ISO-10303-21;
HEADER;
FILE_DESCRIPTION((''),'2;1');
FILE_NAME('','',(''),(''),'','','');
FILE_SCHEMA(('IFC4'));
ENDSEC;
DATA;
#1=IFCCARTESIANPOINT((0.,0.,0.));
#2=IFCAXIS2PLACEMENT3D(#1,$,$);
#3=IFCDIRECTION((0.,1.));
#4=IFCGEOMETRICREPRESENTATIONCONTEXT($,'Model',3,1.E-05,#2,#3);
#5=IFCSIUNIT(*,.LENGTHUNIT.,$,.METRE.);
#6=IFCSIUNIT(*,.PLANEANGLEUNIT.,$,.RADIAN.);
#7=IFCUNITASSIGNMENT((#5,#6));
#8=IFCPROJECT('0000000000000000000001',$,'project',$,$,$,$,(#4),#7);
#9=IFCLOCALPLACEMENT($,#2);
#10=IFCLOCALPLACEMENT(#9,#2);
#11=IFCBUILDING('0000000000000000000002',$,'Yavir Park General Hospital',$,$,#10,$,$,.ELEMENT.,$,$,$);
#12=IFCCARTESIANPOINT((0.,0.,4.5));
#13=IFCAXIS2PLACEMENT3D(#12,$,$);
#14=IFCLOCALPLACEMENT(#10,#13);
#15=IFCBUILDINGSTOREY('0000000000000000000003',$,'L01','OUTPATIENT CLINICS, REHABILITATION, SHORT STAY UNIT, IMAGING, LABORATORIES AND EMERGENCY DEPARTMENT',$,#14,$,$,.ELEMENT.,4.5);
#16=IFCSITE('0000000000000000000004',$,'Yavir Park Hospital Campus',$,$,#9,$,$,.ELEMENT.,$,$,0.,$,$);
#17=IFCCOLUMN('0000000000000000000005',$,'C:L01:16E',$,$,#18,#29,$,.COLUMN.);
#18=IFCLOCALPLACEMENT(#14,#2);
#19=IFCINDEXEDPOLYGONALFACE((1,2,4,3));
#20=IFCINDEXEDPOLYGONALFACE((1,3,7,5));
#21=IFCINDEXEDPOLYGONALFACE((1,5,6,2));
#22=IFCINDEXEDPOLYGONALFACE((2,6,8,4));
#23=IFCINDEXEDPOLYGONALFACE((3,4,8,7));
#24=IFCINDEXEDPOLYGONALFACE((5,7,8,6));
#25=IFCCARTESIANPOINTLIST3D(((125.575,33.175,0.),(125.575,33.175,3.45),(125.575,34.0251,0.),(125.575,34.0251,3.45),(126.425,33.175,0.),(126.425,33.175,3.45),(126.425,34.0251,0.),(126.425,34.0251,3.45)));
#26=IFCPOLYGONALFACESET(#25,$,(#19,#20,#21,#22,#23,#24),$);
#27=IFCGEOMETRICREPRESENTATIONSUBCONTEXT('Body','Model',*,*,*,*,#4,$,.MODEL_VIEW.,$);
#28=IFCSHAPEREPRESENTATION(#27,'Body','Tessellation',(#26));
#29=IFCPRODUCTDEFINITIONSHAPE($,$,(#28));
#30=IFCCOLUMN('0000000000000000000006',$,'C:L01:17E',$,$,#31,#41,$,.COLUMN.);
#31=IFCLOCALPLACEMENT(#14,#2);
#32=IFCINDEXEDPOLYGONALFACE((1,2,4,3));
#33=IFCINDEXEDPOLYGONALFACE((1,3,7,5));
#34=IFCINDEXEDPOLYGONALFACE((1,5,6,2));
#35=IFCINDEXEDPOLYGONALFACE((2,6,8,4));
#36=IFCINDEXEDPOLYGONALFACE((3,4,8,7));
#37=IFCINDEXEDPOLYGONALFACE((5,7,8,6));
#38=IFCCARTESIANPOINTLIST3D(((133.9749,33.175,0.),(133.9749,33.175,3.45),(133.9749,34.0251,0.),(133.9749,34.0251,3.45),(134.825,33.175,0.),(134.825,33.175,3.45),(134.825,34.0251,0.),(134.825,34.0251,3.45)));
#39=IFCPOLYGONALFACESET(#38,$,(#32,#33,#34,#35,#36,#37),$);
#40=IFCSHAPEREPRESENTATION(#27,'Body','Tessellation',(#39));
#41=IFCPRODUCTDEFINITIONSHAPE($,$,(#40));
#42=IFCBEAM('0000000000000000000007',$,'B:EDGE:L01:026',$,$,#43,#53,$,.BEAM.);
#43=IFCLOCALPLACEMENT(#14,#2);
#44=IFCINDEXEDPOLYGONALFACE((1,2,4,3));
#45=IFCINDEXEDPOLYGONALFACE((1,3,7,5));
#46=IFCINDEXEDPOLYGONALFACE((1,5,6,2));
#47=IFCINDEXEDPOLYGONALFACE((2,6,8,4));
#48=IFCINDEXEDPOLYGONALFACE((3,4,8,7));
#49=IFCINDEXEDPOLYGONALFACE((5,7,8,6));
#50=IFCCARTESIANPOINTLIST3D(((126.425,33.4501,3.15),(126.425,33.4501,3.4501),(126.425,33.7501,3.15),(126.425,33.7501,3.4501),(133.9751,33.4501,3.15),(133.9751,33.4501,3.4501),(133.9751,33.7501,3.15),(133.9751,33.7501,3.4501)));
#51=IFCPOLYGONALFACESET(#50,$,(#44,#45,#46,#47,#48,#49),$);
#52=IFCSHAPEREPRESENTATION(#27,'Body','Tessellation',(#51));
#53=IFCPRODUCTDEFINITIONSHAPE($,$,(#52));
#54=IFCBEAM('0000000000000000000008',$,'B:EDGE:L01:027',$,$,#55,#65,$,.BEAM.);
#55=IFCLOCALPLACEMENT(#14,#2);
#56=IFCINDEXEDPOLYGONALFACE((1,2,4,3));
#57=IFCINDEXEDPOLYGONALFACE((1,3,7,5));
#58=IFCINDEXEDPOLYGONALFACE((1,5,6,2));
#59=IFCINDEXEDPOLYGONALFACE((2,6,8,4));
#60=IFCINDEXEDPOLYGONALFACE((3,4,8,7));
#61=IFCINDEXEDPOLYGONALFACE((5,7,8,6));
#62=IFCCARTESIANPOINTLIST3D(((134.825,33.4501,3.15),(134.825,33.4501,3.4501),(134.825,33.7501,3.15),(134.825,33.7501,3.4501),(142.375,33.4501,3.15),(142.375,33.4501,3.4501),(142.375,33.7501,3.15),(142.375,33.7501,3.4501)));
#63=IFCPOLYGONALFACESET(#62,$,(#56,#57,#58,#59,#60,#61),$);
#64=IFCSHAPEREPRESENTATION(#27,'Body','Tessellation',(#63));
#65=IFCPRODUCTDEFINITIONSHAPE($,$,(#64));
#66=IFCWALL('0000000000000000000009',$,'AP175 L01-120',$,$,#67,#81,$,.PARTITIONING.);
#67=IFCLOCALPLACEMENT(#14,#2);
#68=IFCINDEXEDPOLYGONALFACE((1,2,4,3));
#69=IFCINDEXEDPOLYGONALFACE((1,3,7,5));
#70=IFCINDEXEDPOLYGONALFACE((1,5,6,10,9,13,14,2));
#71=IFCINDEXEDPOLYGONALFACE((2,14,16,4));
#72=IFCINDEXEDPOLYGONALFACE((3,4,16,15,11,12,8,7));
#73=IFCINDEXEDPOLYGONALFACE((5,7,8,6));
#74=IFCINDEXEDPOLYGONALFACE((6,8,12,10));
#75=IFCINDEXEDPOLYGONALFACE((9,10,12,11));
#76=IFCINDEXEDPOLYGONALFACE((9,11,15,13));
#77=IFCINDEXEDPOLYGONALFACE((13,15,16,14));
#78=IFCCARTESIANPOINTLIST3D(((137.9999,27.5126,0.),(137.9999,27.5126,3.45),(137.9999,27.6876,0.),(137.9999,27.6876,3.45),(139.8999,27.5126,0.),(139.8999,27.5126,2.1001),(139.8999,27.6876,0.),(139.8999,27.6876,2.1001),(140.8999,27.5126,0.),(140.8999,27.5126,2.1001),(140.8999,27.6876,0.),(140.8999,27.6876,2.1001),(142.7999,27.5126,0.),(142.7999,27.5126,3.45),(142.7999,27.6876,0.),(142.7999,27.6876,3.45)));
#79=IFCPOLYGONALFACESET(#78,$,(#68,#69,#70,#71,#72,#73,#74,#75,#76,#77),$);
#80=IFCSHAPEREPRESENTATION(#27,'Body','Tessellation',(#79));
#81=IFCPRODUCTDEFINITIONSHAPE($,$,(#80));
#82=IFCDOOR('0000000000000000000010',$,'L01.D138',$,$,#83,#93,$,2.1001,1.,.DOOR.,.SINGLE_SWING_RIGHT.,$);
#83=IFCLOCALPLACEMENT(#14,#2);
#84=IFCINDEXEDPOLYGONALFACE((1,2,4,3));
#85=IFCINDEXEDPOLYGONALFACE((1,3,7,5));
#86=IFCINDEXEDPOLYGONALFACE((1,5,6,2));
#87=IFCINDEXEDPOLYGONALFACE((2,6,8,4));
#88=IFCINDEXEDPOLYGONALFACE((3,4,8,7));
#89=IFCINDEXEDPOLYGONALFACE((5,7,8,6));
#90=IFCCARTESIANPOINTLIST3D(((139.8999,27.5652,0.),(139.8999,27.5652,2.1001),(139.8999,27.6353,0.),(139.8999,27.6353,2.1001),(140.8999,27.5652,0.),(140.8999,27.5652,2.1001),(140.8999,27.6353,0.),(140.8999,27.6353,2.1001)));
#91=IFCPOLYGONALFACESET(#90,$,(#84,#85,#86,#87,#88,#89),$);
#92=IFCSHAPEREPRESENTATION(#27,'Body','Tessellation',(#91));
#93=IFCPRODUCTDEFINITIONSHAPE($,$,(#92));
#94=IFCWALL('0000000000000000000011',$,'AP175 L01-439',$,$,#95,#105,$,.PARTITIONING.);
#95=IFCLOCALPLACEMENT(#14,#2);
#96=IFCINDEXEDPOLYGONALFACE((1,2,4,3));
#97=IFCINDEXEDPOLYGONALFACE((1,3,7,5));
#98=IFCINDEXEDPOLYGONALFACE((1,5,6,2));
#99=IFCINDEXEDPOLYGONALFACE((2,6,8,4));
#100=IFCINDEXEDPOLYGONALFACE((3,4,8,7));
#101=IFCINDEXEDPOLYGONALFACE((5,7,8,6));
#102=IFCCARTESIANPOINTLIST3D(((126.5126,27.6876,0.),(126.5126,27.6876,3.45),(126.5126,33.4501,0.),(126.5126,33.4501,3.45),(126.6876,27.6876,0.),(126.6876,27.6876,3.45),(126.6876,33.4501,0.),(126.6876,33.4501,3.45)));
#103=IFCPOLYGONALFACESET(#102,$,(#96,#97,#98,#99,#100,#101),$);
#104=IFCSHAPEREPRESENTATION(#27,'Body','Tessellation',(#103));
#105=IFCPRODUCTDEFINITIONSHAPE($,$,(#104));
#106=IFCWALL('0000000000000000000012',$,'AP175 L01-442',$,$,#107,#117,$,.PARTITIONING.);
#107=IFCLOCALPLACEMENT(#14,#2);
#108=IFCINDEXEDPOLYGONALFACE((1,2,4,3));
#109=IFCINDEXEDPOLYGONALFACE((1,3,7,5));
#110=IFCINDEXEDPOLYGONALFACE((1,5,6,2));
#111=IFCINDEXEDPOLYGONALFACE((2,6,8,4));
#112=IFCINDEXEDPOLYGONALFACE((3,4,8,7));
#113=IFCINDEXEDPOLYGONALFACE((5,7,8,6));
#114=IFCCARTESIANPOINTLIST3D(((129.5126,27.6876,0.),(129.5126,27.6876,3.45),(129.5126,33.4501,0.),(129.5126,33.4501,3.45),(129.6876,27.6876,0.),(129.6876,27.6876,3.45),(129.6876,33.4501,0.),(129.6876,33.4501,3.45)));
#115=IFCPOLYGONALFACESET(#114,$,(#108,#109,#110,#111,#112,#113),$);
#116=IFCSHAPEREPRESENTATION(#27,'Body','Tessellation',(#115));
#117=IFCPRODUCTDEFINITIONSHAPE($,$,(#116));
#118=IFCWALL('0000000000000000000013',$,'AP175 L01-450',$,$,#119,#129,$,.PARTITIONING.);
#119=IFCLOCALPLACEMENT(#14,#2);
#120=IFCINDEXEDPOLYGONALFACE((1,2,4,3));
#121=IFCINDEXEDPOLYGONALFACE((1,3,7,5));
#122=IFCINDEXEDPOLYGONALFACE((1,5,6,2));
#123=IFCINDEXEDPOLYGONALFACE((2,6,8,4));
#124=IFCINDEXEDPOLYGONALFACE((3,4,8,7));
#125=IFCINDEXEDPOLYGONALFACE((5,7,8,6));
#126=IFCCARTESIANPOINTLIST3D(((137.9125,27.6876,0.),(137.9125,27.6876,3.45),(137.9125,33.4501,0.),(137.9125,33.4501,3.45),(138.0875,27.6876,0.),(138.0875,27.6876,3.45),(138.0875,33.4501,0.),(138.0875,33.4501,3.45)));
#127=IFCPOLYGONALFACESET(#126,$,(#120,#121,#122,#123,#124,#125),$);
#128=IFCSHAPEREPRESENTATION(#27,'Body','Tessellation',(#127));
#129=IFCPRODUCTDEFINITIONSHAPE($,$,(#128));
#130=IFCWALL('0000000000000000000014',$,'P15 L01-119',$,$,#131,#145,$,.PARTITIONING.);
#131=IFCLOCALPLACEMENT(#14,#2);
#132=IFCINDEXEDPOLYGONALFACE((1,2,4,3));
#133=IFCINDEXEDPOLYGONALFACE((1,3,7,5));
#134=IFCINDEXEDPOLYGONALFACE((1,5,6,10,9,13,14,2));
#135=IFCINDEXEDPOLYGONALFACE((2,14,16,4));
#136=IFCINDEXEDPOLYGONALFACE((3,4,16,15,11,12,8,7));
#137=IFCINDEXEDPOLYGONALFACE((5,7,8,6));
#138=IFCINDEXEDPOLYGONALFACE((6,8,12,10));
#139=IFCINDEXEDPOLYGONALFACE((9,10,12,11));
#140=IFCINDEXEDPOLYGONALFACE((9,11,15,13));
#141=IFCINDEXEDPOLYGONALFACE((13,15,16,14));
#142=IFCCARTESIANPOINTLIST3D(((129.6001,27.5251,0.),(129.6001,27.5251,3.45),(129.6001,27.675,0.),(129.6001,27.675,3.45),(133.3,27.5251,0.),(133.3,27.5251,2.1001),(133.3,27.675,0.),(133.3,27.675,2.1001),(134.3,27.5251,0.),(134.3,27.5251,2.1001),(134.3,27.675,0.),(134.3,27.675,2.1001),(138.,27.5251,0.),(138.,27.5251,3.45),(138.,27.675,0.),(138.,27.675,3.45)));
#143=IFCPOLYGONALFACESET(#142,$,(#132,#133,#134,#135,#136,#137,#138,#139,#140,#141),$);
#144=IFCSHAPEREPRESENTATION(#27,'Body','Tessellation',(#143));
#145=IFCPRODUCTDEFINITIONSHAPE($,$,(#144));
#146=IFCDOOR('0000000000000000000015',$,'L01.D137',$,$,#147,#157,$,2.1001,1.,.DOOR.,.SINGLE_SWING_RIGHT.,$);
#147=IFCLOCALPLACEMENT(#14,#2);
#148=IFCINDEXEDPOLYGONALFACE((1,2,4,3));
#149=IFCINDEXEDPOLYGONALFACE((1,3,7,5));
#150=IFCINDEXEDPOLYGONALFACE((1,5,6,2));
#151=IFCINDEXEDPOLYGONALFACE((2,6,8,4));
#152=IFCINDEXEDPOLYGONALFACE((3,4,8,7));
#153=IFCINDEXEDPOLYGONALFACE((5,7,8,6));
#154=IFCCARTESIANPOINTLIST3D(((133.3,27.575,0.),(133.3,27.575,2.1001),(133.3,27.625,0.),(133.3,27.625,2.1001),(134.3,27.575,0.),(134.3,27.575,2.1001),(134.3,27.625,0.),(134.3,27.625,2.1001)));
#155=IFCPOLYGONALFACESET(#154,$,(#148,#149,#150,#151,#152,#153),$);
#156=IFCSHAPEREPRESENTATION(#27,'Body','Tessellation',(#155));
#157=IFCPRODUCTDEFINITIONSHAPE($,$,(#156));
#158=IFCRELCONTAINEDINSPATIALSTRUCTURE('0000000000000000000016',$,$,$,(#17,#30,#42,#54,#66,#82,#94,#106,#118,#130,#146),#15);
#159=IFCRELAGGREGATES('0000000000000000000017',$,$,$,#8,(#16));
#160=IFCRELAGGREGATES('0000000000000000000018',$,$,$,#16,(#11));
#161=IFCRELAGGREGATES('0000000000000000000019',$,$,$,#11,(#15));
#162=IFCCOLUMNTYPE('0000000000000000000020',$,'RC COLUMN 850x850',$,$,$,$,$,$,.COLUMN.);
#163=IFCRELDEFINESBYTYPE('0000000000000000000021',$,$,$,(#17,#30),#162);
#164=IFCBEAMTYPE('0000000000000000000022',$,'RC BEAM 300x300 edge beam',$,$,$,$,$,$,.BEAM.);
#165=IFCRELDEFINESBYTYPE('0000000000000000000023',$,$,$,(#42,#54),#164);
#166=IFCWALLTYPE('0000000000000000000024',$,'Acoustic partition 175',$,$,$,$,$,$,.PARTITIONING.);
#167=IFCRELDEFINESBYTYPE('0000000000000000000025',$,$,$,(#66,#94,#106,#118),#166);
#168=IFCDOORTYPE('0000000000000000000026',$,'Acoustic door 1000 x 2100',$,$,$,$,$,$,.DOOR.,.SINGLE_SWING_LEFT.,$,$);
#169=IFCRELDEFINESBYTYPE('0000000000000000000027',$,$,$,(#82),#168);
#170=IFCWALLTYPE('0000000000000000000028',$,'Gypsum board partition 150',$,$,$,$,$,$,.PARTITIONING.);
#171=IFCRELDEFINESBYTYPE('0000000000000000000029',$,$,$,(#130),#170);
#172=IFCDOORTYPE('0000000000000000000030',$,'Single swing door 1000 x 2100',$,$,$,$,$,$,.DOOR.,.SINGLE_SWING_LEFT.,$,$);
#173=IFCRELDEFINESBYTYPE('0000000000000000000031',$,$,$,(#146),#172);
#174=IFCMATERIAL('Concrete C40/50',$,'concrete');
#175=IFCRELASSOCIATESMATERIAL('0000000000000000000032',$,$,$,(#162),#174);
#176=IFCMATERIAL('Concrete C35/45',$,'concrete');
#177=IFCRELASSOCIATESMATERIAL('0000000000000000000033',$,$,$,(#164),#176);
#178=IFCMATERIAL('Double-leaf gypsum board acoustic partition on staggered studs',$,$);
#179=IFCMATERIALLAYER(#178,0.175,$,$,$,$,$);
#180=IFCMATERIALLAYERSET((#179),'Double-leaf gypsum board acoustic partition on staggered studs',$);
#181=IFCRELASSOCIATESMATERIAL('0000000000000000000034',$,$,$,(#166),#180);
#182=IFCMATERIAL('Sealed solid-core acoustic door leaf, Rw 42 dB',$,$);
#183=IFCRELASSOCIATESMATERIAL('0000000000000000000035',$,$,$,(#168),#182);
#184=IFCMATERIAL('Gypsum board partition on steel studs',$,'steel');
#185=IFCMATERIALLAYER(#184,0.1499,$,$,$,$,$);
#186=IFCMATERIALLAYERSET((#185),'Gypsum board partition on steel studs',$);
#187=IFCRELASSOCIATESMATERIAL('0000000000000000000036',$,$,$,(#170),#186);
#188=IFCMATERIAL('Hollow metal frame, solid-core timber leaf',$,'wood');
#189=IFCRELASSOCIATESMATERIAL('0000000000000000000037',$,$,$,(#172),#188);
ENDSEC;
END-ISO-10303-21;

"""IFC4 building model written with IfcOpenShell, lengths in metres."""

from ifc_helpers import new_model, si_unit, direction, frame, frame_2d, origin, origin_2d, place, context, subcontext, project, spatial, rectangle, extrude, material, layer, layer_set, material_profile, profile_set, type_object, element, fill, save


model = new_model("IFC4")

# Units and contexts
model_context = context("Model", 3, precision=1e-05, world=origin(), true_north=direction((0.0, 1.0)))
body_context = subcontext(model_context, "Body", "Model", "MODEL_VIEW")
ifc_project = project(units=[si_unit("LENGTHUNIT", "METRE"), si_unit("PLANEANGLEUNIT", "RADIAN")], contexts=[model_context])

# Site, building, storey
site_placement = place(None, origin())
site = spatial("IfcSite", under=ifc_project, at=site_placement, Name="Yavir Park Hospital Campus", CompositionType="ELEMENT", RefElevation=0.0)
building_placement = place(site_placement, origin())
building = spatial("IfcBuilding", under=site, at=building_placement, Name="Yavir Park General Hospital", CompositionType="ELEMENT")
storey_placement = place(building_placement, frame((0.0, 0.0, 4.5)))
storey = spatial("IfcBuildingStorey", under=building, at=storey_placement, Name="L01", Description="OUTPATIENT CLINICS, REHABILITATION, SHORT STAY UNIT, IMAGING, LABORATORIES AND EMERGENCY DEPARTMENT", CompositionType="ELEMENT", Elevation=4.5)

# Columns
ifc_material_1 = material(Name="Concrete C40/50", Category="concrete")
ifc_material_profile_1 = material_profile(ifc_material_1, rectangle(XDim=0.8501, YDim=0.8501, at=origin_2d()), Name="RC850x850")
ifc_profile_set_1 = profile_set([ifc_material_profile_1], Name="Concrete C40/50")
column_type = type_object("IfcColumnType", Name="RC COLUMN 850x850", PredefinedType="COLUMN", material=ifc_profile_set_1)
for number, where, z_axis, x_axis, name in (
    (1, (126.0, 33.6001, 0.0), (0.0, 0.0, 1.0), (1.0, 0.0, 0.0), "C:L01:16E"),
    (2, (134.3999, 33.6001, 0.0), (0.0, 0.0, 1.0), (1.0, 0.0, 0.0), "C:L01:17E"),
):
    element("IfcColumn", number, at=place(storey_placement, frame(where, z_axis=z_axis, x_axis=x_axis)), inside=storey, type_object=column_type, Name=name, PredefinedType="COLUMN", context=body_context, shape_type="SweptSolid", body=[
        extrude(rectangle(XDim=0.8501, YDim=0.8501, at=origin_2d()), origin(), (0.0, 0.0, 1.0), 3.45),
    ])

# Beams
ifc_material_2 = material(Name="Concrete C35/45", Category="concrete")
ifc_material_profile_2 = material_profile(ifc_material_2, rectangle(XDim=0.3, YDim=0.3, at=origin_2d()), Name="RC300x300")
ifc_profile_set_2 = profile_set([ifc_material_profile_2], Name="Concrete C35/45")
beam_type = type_object("IfcBeamType", Name="RC BEAM 300x300 edge beam", PredefinedType="BEAM", material=ifc_profile_set_2)
for number, where, z_axis, x_axis, name in (
    (3, (126.425, 33.6001, 3.3), (1.0, 0.0, 0.0), (0.0, 1.0, 0.0), "B:EDGE:L01:026"),
    (4, (134.825, 33.6001, 3.3), (1.0, 0.0, 0.0), (0.0, 1.0, 0.0), "B:EDGE:L01:027"),
):
    element("IfcBeam", number, at=place(storey_placement, frame(where, z_axis=z_axis, x_axis=x_axis)), inside=storey, type_object=beam_type, Name=name, PredefinedType="BEAM", context=body_context, shape_type="SweptSolid", body=[
        extrude(rectangle(XDim=0.3, YDim=0.3, at=origin_2d()), origin(), (0.0, 0.0, 1.0), 7.55),
    ])

# Wall, opening, door
ifc_material_3 = material(Name="Double-leaf gypsum board acoustic partition on staggered studs")
ifc_layer_1 = layer(ifc_material_3, 0.175)
ifc_layer_set_1 = layer_set([ifc_layer_1], Name="Double-leaf gypsum board acoustic partition on staggered studs")
wall_type_1 = type_object("IfcWallType", Name="Acoustic partition 175", PredefinedType="PARTITIONING", material=ifc_layer_set_1)
wall_1_placement = place(storey_placement, frame((138.0, 27.6001, 0.0), z_axis=(0.0, 0.0, 1.0), x_axis=(1.0, 0.0, 0.0)))
wall_1 = element("IfcWall", 5, at=wall_1_placement, inside=storey, type_object=wall_type_1, Name="AP175 L01-120", PredefinedType="PARTITIONING", context=body_context, shape_type="SweptSolid", body=[
    extrude(rectangle(XDim=4.8, YDim=0.175, at=frame_2d((2.3999, 0.0))), origin(), (0.0, 0.0, 1.0), 3.45),
])
opening_1_placement = place(wall_1_placement, frame((1.8999, 0.0, 0.0)))
opening_1 = element("IfcOpeningElement", 6, at=opening_1_placement, cuts=wall_1, PredefinedType="OPENING", context=body_context, shape_type="SweptSolid", body=[
    extrude(rectangle(XDim=1.0, YDim=2.1001, at=frame_2d((0.5, 1.05))), frame((0.0, 0.0974, 0.0), z_axis=(0.0, -1.0, 0.0), x_axis=(1.0, 0.0, 0.0)), (0.0, 0.0, 1.0), 0.1951),
])
ifc_material_4 = material(Name="Sealed solid-core acoustic door leaf, Rw 42 dB")
door_type_1 = type_object("IfcDoorType", Name="Acoustic door 1000 x 2100", OperationType="SINGLE_SWING_LEFT", PredefinedType="DOOR", material=ifc_material_4)
door_1_placement = place(opening_1_placement, origin())
door_1 = element("IfcDoor", 7, at=door_1_placement, inside=storey, type_object=door_type_1, Name="L01.D138", OperationType="SINGLE_SWING_RIGHT", OverallHeight=2.1001, OverallWidth=1.0, PredefinedType="DOOR", context=body_context, shape_type="SweptSolid", body=[
    extrude(rectangle(XDim=1.0, YDim=2.1001, at=frame_2d((0.5, 1.05))), frame((0.0, 0.0352, 0.0), z_axis=(0.0, -1.0, 0.0), x_axis=(1.0, 0.0, 0.0)), (0.0, 0.0, 1.0), 0.0701),
])
fill(opening_1, door_1)

# Walls
for number, where, z_axis, x_axis, name in (
    (8, (126.6001, 27.6875, 0.0), (0.0, 0.0, 1.0), (0.0, 1.0, 0.0), "AP175 L01-439"),
    (9, (129.6001, 27.6875, 0.0), (0.0, 0.0, 1.0), (0.0, 1.0, 0.0), "AP175 L01-442"),
    (10, (138.0, 27.6875, 0.0), (0.0, 0.0, 1.0), (0.0, 1.0, 0.0), "AP175 L01-450"),
):
    element("IfcWall", number, at=place(storey_placement, frame(where, z_axis=z_axis, x_axis=x_axis)), inside=storey, type_object=wall_type_1, Name=name, PredefinedType="PARTITIONING", context=body_context, shape_type="SweptSolid", body=[
        extrude(rectangle(XDim=5.7625, YDim=0.175, at=frame_2d((2.8813, 0.0))), origin(), (0.0, 0.0, 1.0), 3.45),
    ])

# Wall, opening, door
ifc_material_5 = material(Name="Gypsum board partition on steel studs", Category="steel")
ifc_layer_2 = layer(ifc_material_5, 0.1499)
ifc_layer_set_2 = layer_set([ifc_layer_2], Name="Gypsum board partition on steel studs")
wall_type_2 = type_object("IfcWallType", Name="Gypsum board partition 150", PredefinedType="PARTITIONING", material=ifc_layer_set_2)
wall_2_placement = place(storey_placement, frame((129.6001, 27.6001, 0.0), z_axis=(0.0, 0.0, 1.0), x_axis=(1.0, 0.0, 0.0)))
wall_2 = element("IfcWall", 11, at=wall_2_placement, inside=storey, type_object=wall_type_2, Name="P15 L01-119", PredefinedType="PARTITIONING", context=body_context, shape_type="SweptSolid", body=[
    extrude(rectangle(XDim=8.3999, YDim=0.1499, at=frame_2d((4.2, 0.0))), origin(), (0.0, 0.0, 1.0), 3.45),
])
opening_2_placement = place(wall_2_placement, frame((3.7, 0.0, 0.0)))
opening_2 = element("IfcOpeningElement", 12, at=opening_2_placement, cuts=wall_2, PredefinedType="OPENING", context=body_context, shape_type="SweptSolid", body=[
    extrude(rectangle(XDim=1.0, YDim=2.1001, at=frame_2d((0.5, 1.05))), frame((0.0, 0.085, 0.0), z_axis=(0.0, -1.0, 0.0), x_axis=(1.0, 0.0, 0.0)), (0.0, 0.0, 1.0), 0.1699),
])
ifc_material_6 = material(Name="Hollow metal frame, solid-core timber leaf", Category="wood")
door_type_2 = type_object("IfcDoorType", Name="Single swing door 1000 x 2100", OperationType="SINGLE_SWING_LEFT", PredefinedType="DOOR", material=ifc_material_6)
door_2_placement = place(opening_2_placement, origin())
door_2 = element("IfcDoor", 13, at=door_2_placement, inside=storey, type_object=door_type_2, Name="L01.D137", OperationType="SINGLE_SWING_RIGHT", OverallHeight=2.1001, OverallWidth=1.0, PredefinedType="DOOR", context=body_context, shape_type="SweptSolid", body=[
    extrude(rectangle(XDim=1.0, YDim=2.1001, at=frame_2d((0.5, 1.05))), frame((0.0, 0.0249, 0.0), z_axis=(0.0, -1.0, 0.0), x_axis=(1.0, 0.0, 0.0)), (0.0, 0.0, 1.0), 0.05),
])
fill(opening_2, door_2)

save(model, "model.ifc")
